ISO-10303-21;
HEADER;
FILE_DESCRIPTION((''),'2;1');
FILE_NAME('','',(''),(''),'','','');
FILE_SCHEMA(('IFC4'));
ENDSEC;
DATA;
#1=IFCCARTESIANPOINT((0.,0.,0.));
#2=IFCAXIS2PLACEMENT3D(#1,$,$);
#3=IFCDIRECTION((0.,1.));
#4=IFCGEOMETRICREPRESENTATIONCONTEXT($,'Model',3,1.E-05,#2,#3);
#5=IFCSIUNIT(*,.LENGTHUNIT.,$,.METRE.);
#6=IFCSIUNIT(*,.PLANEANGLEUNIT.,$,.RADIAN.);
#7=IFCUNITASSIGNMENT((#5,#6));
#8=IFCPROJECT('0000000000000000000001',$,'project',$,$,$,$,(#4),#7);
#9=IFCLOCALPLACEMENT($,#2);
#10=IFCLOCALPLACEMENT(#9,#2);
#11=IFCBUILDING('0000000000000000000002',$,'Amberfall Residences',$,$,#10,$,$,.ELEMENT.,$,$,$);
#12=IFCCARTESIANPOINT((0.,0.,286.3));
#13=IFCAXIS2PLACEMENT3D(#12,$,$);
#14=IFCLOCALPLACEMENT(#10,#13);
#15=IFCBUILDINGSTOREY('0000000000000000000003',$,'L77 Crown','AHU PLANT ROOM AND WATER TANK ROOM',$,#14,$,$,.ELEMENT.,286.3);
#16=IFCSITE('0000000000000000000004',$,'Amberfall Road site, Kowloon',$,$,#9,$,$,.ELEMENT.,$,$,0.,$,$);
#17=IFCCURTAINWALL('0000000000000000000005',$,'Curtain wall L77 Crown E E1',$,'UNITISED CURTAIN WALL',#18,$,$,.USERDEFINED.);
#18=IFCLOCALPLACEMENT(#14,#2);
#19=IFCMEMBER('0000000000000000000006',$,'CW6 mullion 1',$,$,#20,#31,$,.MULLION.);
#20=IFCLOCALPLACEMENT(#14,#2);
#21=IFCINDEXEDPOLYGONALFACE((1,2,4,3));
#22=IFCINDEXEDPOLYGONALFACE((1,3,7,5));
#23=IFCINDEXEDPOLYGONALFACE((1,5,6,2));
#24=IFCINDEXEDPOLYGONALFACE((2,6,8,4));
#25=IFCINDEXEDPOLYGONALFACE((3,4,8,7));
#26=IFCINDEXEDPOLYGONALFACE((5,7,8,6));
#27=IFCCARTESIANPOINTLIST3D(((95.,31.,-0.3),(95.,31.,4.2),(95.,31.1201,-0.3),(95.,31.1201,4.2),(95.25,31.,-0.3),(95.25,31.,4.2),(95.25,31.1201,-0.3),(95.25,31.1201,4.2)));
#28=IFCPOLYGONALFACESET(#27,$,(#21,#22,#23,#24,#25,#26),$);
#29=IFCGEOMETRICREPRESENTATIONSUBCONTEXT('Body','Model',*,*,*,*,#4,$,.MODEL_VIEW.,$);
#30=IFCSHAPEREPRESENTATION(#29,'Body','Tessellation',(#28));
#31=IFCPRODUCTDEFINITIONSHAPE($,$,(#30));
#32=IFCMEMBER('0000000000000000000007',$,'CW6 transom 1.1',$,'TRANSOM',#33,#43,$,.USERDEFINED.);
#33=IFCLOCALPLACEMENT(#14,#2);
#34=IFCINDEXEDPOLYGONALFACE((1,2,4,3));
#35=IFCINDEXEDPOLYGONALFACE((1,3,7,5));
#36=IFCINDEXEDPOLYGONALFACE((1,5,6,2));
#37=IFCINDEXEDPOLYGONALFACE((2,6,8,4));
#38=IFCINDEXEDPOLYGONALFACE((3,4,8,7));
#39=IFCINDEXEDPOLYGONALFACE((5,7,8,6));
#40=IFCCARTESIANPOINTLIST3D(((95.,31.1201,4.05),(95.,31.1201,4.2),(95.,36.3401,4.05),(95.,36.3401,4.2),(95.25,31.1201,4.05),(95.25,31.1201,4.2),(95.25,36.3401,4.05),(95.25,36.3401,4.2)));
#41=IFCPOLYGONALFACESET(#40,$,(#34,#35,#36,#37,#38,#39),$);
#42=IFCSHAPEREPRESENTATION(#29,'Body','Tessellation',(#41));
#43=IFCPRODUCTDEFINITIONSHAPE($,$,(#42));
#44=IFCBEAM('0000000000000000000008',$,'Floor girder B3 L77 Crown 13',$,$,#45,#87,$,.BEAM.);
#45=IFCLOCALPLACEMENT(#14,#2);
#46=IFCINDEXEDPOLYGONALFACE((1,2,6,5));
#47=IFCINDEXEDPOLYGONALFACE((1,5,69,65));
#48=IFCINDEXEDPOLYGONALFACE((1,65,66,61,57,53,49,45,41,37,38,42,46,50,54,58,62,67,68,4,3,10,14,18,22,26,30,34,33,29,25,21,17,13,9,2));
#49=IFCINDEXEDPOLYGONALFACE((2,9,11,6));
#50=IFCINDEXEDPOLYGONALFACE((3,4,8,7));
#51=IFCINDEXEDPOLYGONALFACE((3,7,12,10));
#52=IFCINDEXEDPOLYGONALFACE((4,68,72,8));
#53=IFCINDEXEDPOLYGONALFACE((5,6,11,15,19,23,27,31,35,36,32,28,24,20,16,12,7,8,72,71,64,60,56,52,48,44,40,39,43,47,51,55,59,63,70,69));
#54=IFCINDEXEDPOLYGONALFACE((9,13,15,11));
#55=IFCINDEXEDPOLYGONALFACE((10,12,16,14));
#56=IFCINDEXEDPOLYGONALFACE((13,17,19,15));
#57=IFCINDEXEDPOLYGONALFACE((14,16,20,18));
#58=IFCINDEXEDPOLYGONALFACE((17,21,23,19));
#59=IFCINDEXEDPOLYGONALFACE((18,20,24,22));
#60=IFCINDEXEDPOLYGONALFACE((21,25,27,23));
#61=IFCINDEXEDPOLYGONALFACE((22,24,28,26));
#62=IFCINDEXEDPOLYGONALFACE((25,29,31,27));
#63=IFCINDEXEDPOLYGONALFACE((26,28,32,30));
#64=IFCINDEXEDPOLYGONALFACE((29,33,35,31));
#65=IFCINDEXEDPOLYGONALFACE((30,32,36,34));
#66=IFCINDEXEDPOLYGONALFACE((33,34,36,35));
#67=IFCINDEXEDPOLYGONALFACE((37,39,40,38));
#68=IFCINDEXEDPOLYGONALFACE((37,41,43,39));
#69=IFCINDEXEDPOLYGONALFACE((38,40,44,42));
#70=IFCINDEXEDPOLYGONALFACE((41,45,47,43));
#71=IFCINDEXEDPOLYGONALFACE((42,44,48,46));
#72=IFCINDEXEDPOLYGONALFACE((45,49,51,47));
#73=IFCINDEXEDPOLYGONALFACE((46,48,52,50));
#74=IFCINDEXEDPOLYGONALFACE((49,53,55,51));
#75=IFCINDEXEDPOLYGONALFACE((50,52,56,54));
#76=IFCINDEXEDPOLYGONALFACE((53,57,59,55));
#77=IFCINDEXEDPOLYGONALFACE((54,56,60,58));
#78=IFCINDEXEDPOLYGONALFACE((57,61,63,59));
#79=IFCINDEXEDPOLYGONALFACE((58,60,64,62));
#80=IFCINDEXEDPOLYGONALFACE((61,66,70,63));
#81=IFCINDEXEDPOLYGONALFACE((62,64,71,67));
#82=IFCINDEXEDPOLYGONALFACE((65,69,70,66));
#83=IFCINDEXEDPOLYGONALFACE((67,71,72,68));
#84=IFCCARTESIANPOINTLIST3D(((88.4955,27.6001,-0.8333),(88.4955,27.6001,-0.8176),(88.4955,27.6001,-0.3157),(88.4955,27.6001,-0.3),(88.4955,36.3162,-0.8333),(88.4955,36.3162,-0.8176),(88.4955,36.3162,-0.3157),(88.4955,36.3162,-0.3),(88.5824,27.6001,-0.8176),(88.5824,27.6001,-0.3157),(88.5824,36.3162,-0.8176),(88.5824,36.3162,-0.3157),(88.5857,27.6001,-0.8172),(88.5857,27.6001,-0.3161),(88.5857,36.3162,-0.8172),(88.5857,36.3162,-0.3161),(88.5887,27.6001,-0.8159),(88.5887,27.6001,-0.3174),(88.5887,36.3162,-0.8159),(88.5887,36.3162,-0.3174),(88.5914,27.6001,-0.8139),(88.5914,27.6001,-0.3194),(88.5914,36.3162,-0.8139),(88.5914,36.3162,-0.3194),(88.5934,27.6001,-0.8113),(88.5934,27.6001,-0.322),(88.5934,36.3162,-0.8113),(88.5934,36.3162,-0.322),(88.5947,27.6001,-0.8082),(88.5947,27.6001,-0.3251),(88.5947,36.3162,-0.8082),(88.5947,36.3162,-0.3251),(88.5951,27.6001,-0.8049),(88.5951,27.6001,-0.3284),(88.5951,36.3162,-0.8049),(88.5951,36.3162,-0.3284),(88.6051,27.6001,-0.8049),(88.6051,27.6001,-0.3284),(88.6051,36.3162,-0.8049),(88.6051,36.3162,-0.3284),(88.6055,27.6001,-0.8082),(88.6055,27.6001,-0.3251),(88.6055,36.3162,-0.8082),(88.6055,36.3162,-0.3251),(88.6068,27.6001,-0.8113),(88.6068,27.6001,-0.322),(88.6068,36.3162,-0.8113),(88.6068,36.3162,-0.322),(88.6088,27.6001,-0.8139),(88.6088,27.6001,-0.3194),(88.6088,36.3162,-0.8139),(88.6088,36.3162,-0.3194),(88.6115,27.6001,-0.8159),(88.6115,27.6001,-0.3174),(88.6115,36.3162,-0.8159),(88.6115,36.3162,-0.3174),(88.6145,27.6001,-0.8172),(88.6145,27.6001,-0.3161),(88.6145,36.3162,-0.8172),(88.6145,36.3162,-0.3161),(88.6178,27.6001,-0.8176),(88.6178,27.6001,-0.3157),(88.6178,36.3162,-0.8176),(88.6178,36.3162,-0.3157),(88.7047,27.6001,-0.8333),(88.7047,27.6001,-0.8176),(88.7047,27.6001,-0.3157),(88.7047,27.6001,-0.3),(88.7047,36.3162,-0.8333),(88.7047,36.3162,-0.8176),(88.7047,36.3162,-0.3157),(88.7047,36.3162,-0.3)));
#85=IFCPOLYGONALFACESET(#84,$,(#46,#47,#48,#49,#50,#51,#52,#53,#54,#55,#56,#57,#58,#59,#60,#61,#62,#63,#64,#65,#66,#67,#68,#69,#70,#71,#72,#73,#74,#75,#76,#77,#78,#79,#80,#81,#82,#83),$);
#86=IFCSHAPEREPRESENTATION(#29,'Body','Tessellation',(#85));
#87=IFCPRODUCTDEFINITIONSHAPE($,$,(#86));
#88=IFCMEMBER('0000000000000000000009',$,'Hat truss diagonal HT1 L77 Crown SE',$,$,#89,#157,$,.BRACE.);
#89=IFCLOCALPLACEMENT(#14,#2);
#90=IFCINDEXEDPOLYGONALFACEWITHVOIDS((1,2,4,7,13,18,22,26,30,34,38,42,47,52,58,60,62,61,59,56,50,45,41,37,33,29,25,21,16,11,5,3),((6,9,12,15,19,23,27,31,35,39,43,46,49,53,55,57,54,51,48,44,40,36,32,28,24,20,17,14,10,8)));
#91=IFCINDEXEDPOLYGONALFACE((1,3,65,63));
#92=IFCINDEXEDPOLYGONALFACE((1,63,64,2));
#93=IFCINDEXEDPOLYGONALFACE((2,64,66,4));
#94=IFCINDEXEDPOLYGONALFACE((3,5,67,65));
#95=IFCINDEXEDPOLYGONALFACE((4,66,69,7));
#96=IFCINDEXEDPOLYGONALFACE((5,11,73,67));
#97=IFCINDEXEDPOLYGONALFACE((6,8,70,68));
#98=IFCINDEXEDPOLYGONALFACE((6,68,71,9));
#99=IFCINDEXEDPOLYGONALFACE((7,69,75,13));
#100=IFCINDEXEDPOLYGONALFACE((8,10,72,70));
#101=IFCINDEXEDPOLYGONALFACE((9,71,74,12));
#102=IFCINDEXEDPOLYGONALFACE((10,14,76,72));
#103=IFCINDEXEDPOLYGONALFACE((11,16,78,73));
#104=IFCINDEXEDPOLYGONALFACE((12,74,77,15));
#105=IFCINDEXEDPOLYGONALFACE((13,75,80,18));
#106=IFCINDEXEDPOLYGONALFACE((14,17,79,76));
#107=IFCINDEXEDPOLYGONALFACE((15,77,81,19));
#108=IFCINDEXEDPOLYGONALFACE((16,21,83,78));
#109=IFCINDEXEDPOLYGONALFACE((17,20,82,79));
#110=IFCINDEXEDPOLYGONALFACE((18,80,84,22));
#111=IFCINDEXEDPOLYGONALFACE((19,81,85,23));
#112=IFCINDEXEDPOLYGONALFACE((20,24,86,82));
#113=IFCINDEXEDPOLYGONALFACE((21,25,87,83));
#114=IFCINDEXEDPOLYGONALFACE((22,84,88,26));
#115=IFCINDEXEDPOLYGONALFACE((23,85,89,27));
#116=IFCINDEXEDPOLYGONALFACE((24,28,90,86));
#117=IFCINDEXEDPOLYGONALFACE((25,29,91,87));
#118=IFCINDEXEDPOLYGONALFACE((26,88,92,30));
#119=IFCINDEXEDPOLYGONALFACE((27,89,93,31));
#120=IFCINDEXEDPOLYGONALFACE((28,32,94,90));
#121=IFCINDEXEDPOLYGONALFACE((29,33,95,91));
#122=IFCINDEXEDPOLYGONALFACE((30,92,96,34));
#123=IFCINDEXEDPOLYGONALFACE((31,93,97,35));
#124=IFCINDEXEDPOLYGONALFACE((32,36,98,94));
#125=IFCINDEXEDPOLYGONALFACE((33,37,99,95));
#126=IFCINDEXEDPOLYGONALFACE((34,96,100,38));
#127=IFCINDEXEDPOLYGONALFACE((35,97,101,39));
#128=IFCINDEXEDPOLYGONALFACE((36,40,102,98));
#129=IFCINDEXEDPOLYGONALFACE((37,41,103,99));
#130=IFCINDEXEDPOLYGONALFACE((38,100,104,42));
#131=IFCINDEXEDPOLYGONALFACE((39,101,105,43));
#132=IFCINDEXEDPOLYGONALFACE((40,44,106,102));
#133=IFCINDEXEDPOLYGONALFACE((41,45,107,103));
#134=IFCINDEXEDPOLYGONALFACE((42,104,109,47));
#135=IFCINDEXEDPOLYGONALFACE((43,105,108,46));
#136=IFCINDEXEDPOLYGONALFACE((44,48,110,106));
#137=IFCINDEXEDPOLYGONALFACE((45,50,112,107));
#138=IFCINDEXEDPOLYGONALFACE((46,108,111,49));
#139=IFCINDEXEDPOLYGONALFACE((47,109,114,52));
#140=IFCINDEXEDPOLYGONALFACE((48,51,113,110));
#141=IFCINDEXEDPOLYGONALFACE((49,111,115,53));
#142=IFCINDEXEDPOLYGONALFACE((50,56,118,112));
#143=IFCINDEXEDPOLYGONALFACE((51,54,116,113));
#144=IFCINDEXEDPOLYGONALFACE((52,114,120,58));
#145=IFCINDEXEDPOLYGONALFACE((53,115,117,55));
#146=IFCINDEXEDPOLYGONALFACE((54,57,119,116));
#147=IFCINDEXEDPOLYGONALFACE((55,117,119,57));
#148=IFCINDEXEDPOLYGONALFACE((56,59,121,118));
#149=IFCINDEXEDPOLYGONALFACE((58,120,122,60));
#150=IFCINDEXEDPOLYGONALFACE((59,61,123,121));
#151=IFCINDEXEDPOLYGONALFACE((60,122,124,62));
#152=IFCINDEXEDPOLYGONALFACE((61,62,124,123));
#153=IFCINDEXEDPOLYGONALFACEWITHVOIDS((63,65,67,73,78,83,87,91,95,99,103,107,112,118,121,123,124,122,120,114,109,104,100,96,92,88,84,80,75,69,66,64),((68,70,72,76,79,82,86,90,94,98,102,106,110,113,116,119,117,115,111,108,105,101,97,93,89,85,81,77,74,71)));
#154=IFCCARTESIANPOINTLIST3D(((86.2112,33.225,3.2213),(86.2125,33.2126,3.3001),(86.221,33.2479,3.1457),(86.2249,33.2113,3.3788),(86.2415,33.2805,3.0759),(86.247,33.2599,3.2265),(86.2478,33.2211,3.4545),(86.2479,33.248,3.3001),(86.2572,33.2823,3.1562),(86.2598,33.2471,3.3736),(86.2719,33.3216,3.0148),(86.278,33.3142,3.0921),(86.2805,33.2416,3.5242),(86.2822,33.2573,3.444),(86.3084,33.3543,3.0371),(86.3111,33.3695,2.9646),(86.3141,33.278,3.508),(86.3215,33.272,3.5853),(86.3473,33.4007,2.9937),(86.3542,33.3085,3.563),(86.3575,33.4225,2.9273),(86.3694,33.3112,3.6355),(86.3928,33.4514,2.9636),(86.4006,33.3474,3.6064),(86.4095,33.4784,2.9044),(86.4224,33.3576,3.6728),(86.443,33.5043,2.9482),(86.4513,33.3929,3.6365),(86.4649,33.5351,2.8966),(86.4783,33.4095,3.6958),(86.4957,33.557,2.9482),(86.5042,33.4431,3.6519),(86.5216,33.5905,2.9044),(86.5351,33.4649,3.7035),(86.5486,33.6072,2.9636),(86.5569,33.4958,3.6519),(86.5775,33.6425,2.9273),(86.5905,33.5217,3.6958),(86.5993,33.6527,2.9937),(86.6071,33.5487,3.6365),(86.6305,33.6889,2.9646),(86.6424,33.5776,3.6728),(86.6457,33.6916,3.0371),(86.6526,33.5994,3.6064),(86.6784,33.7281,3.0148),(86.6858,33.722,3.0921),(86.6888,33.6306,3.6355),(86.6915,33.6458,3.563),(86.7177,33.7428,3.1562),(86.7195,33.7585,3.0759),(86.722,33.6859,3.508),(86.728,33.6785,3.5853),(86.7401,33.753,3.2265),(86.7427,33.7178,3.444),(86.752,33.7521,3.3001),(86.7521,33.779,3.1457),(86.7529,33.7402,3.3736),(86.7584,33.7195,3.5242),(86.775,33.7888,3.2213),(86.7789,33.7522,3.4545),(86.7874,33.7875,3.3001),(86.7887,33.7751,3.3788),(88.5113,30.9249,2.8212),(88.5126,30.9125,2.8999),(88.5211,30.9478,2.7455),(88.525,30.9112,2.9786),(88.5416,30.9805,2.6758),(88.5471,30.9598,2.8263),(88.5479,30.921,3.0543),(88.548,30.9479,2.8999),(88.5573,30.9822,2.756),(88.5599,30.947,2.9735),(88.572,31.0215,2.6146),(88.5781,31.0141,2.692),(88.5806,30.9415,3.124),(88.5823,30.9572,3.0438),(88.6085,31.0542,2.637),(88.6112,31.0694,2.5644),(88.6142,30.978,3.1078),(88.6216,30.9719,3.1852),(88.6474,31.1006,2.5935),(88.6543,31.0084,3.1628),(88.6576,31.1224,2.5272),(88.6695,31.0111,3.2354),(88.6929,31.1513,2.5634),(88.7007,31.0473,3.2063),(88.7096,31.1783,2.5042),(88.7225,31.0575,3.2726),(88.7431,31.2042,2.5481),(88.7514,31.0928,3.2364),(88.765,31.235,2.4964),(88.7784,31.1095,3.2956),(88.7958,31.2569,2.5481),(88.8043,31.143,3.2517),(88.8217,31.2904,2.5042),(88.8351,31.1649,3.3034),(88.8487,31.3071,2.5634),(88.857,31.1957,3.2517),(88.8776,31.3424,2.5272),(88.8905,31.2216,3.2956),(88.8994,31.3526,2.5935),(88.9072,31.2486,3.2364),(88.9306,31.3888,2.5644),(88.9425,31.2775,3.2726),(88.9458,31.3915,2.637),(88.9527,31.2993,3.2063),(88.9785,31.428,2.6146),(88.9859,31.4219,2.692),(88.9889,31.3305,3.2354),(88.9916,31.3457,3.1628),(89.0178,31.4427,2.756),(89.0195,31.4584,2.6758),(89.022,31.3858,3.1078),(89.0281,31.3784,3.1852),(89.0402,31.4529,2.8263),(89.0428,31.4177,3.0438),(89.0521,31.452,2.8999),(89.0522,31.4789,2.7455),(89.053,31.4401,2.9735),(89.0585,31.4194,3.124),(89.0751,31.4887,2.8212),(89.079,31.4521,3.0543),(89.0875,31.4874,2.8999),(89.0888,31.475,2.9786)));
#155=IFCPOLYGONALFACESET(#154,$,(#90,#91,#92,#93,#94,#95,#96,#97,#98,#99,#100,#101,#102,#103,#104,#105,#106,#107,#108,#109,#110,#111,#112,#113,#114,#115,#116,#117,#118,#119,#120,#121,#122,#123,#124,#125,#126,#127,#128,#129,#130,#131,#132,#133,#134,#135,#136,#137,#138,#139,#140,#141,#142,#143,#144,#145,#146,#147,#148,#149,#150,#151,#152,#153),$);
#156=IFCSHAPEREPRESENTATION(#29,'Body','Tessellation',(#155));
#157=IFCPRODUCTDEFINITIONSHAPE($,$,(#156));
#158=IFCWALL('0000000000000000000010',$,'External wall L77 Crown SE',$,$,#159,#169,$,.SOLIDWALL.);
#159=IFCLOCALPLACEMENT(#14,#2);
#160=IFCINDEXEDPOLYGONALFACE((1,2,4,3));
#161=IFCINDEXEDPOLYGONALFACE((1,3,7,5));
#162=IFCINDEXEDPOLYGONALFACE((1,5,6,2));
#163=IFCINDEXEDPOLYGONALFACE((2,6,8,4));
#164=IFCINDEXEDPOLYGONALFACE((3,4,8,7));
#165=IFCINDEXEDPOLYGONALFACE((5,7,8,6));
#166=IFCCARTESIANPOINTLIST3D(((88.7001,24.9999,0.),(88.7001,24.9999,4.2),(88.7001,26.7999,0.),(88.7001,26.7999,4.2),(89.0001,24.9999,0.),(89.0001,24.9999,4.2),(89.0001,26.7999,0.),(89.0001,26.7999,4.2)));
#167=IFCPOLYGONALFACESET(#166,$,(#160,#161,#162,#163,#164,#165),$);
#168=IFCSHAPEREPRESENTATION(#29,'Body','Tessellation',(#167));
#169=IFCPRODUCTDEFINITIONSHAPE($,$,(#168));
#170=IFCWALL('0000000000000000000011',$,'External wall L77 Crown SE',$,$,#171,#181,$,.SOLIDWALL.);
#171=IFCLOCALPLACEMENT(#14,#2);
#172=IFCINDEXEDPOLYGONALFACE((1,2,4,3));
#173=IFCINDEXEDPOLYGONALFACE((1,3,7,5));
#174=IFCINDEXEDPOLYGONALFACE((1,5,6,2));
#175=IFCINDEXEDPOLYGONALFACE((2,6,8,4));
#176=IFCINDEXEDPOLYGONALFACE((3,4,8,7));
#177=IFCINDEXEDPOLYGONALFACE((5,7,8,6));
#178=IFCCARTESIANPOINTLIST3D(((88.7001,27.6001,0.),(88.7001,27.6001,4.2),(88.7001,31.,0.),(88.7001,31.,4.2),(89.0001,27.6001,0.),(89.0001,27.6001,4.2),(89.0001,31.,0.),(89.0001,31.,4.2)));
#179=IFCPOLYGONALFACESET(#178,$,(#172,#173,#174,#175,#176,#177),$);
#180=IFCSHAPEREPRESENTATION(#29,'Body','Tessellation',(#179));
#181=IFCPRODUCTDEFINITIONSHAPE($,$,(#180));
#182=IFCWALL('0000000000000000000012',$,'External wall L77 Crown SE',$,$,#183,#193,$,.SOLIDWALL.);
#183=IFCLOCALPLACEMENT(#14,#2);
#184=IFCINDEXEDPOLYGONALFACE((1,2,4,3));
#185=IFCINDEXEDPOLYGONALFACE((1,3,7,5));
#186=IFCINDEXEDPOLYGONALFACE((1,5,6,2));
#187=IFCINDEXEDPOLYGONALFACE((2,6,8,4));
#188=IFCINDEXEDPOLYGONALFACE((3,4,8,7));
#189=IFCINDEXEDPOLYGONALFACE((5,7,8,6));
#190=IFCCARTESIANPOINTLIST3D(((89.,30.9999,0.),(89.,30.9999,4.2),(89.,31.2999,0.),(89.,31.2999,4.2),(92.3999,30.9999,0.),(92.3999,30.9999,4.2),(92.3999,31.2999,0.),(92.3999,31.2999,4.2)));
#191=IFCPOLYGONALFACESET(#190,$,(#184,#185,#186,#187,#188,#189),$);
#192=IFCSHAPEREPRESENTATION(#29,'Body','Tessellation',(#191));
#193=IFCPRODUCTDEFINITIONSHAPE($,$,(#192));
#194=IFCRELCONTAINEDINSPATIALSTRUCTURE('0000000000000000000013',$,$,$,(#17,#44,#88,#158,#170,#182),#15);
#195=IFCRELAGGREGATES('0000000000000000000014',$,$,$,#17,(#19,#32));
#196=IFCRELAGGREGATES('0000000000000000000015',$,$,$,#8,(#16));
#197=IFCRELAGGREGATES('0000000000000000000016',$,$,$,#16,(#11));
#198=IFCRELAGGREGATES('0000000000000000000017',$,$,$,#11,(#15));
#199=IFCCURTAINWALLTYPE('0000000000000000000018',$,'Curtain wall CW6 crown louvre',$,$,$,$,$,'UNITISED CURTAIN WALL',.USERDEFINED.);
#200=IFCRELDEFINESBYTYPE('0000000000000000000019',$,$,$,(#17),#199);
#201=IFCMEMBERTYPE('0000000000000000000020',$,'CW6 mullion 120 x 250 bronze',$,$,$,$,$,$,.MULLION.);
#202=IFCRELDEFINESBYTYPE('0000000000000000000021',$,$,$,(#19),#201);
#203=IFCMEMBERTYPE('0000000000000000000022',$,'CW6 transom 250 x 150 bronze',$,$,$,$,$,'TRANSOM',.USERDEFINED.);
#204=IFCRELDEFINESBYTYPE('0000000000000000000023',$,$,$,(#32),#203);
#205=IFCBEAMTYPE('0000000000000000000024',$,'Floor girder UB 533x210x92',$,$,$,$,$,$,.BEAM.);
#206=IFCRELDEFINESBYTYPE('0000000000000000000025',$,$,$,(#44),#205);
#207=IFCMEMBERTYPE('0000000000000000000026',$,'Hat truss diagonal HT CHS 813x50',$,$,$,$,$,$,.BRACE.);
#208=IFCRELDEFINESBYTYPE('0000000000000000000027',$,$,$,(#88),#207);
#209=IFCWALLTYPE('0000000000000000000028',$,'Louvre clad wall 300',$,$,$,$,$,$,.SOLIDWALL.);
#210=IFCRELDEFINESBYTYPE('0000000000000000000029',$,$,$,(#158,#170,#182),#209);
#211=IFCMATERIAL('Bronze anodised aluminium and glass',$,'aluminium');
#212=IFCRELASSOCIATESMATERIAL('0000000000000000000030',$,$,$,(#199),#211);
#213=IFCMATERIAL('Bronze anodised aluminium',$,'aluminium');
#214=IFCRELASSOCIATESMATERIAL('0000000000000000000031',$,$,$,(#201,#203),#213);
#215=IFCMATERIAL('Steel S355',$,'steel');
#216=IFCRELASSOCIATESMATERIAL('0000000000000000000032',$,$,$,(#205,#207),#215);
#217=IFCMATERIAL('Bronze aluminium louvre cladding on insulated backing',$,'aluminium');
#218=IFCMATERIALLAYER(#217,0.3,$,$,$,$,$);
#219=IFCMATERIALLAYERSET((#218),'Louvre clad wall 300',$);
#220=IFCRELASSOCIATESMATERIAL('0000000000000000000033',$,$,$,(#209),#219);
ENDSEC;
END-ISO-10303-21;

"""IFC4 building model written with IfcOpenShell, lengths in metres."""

from ifc_helpers import new_model, si_unit, direction, frame, frame_2d, origin, origin_2d, place, context, subcontext, project, spatial, rectangle, hollow_circle, i_section, extrude, material, layer, layer_set, material_profile, profile_set, type_object, element, aggregate, save


model = new_model("IFC4")

# Units and contexts
model_context = context("Model", 3, precision=1e-05, world=origin(), true_north=direction((0.0, 1.0)))
body_context = subcontext(model_context, "Body", "Model", "MODEL_VIEW")
ifc_project = project(units=[si_unit("LENGTHUNIT", "METRE"), si_unit("PLANEANGLEUNIT", "RADIAN")], contexts=[model_context])

# Site, building, storey
site_placement = place(None, origin())
site = spatial("IfcSite", under=ifc_project, at=site_placement, Name="Amberfall Road site, Kowloon", CompositionType="ELEMENT", RefElevation=0.0)
building_placement = place(site_placement, origin())
building = spatial("IfcBuilding", under=site, at=building_placement, Name="Amberfall Residences", CompositionType="ELEMENT")
storey_placement = place(building_placement, frame((0.0, 0.0, 286.3)))
storey = spatial("IfcBuildingStorey", under=building, at=storey_placement, Name="L77 Crown", Description="AHU PLANT ROOM AND WATER TANK ROOM", CompositionType="ELEMENT", Elevation=286.3)

# Shared definitions
ifc_material_1 = material(Name="Steel S355", Category="steel")

# Shared definitions
ifc_material_2 = material(Name="Bronze anodised aluminium and glass", Category="aluminium")
curtain_wall_type = type_object("IfcCurtainWallType", Name="Curtain wall CW6 crown louvre", ElementType="UNITISED CURTAIN WALL", PredefinedType="USERDEFINED", material=ifc_material_2)
ifc_material_3 = material(Name="Bronze anodised aluminium", Category="aluminium")
ifc_material_profile_1 = material_profile(ifc_material_3, rectangle(XDim=0.25, YDim=0.1201, at=origin_2d()), Name="CW6 mullion 120 x 250 bronze")
ifc_profile_set_1 = profile_set([ifc_material_profile_1], Name="Bronze anodised aluminium")
member_type_1 = type_object("IfcMemberType", Name="CW6 mullion 120 x 250 bronze", PredefinedType="MULLION", material=ifc_profile_set_1)

# Curtain wall, members
curtain_wall_1_placement = place(storey_placement, origin())
curtain_wall_1 = element("IfcCurtainWall", 1, at=curtain_wall_1_placement, inside=storey, type_object=curtain_wall_type, Name="Curtain wall L77 Crown E E1", ObjectType="UNITISED CURTAIN WALL", PredefinedType="USERDEFINED")
member_1_placement = place(storey_placement, frame((95.125, 31.0601, -0.3), z_axis=(0.0, 0.0, 1.0), x_axis=(-1.0, 0.0, 0.0)))
member_1 = element("IfcMember", 2, at=member_1_placement, type_object=member_type_1, Name="CW6 mullion 1", PredefinedType="MULLION", context=body_context, shape_type="SweptSolid", body=[
    extrude(rectangle(XDim=0.25, YDim=0.1201, at=origin_2d()), origin(), (0.0, 0.0, 1.0), 4.5),
])
ifc_material_profile_2 = material_profile(ifc_material_3, rectangle(XDim=0.25, YDim=0.1499, at=origin_2d()), Name="CW6 transom 250 x 150 bronze")
ifc_profile_set_2 = profile_set([ifc_material_profile_2], Name="Bronze anodised aluminium")
member_type_2 = type_object("IfcMemberType", Name="CW6 transom 250 x 150 bronze", ElementType="TRANSOM", PredefinedType="USERDEFINED", material=ifc_profile_set_2)
member_2_placement = place(storey_placement, frame((95.125, 31.1201, 4.125), z_axis=(0.0, 1.0, 0.0), x_axis=(-1.0, 0.0, 0.0)))
member_2 = element("IfcMember", 3, at=member_2_placement, type_object=member_type_2, Name="CW6 transom 1.1", ObjectType="TRANSOM", PredefinedType="USERDEFINED", context=body_context, shape_type="SweptSolid", body=[
    extrude(rectangle(XDim=0.25, YDim=0.1499, at=origin_2d()), origin(), (0.0, 0.0, 1.0), 5.22),
])
aggregate(curtain_wall_1, [member_1, member_2])

# Beam
ifc_material_profile_3 = material_profile(ifc_material_1, i_section(OverallWidth=0.2092, OverallDepth=0.5332, WebThickness=0.01, FlangeThickness=0.0156, FilletRadius=0.0127, at=origin_2d()), Name="UB 533x210x92")
ifc_profile_set_3 = profile_set([ifc_material_profile_3], Name="Steel S355")
beam_type = type_object("IfcBeamType", Name="Floor girder UB 533x210x92", PredefinedType="BEAM", material=ifc_profile_set_3)
beam_placement = place(storey_placement, frame((88.6001, 27.6001, -0.5667), z_axis=(0.0, 1.0, 0.0), x_axis=(-1.0, 0.0, 0.0)))
element("IfcBeam", 4, at=beam_placement, inside=storey, type_object=beam_type, Name="Floor girder B3 L77 Crown 13", PredefinedType="BEAM", context=body_context, shape_type="SweptSolid", body=[
    extrude(i_section(OverallWidth=0.2092, OverallDepth=0.5332, WebThickness=0.01, FlangeThickness=0.0156, FilletRadius=0.0127, at=origin_2d()), origin(), (0.0, 0.0, 1.0), 8.7161),
])

# Member
ifc_material_profile_4 = material_profile(ifc_material_1, hollow_circle(Radius=0.4065, WallThickness=0.05, at=origin_2d()), Name="CHS 813x50")
ifc_profile_set_4 = profile_set([ifc_material_profile_4], Name="Steel S355")
member_type_3 = type_object("IfcMemberType", Name="Hat truss diagonal HT CHS 813x50", PredefinedType="BRACE", material=ifc_profile_set_4)
member_3_placement = place(storey_placement, frame((88.8, 31.2, 2.8999), z_axis=(-0.701816, 0.701816, 0.122097), x_axis=(-0.707107, -0.707107, 0.0)))
element("IfcMember", 5, at=member_3_placement, inside=storey, type_object=member_type_3, Name="Hat truss diagonal HT1 L77 Crown SE", PredefinedType="BRACE", context=body_context, shape_type="SweptSolid", body=[
    extrude(hollow_circle(Radius=0.4065, WallThickness=0.05, at=origin_2d()), origin(), (0.0, 0.0, 1.0), 3.2773),
])

# Walls
ifc_material_4 = material(Name="Bronze aluminium louvre cladding on insulated backing", Category="aluminium")
ifc_layer_1 = layer(ifc_material_4, 0.3)
ifc_layer_set_1 = layer_set([ifc_layer_1], Name="Louvre clad wall 300")
wall_type_1 = type_object("IfcWallType", Name="Louvre clad wall 300", PredefinedType="SOLIDWALL", material=ifc_layer_set_1)
wall_1_placement = place(storey_placement, frame((88.8501, 25.0, 0.0), z_axis=(0.0, 0.0, 1.0), x_axis=(0.0, 1.0, 0.0)))
element("IfcWall", 6, at=wall_1_placement, inside=storey, type_object=wall_type_1, Name="External wall L77 Crown SE", PredefinedType="SOLIDWALL", context=body_context, shape_type="SweptSolid", body=[
    extrude(rectangle(XDim=1.8, YDim=0.3, at=frame_2d((0.8999, 0.0))), origin(), (0.0, 0.0, 1.0), 4.2),
])
for number, where, z_axis, x_axis, name in (
    (7, (88.8501, 27.6001, 0.0), (0.0, 0.0, 1.0), (0.0, 1.0, 0.0), "External wall L77 Crown SE"),
    (8, (89.0, 31.1499, 0.0), (0.0, 0.0, 1.0), (1.0, 0.0, 0.0), "External wall L77 Crown SE"),
):
    element("IfcWall", number, at=place(storey_placement, frame(where, z_axis=z_axis, x_axis=x_axis)), inside=storey, type_object=wall_type_1, Name=name, PredefinedType="SOLIDWALL", context=body_context, shape_type="SweptSolid", body=[
        extrude(rectangle(XDim=3.3999, YDim=0.3, at=frame_2d((1.7, 0.0))), origin(), (0.0, 0.0, 1.0), 4.2),
    ])

save(model, "model.ifc")
